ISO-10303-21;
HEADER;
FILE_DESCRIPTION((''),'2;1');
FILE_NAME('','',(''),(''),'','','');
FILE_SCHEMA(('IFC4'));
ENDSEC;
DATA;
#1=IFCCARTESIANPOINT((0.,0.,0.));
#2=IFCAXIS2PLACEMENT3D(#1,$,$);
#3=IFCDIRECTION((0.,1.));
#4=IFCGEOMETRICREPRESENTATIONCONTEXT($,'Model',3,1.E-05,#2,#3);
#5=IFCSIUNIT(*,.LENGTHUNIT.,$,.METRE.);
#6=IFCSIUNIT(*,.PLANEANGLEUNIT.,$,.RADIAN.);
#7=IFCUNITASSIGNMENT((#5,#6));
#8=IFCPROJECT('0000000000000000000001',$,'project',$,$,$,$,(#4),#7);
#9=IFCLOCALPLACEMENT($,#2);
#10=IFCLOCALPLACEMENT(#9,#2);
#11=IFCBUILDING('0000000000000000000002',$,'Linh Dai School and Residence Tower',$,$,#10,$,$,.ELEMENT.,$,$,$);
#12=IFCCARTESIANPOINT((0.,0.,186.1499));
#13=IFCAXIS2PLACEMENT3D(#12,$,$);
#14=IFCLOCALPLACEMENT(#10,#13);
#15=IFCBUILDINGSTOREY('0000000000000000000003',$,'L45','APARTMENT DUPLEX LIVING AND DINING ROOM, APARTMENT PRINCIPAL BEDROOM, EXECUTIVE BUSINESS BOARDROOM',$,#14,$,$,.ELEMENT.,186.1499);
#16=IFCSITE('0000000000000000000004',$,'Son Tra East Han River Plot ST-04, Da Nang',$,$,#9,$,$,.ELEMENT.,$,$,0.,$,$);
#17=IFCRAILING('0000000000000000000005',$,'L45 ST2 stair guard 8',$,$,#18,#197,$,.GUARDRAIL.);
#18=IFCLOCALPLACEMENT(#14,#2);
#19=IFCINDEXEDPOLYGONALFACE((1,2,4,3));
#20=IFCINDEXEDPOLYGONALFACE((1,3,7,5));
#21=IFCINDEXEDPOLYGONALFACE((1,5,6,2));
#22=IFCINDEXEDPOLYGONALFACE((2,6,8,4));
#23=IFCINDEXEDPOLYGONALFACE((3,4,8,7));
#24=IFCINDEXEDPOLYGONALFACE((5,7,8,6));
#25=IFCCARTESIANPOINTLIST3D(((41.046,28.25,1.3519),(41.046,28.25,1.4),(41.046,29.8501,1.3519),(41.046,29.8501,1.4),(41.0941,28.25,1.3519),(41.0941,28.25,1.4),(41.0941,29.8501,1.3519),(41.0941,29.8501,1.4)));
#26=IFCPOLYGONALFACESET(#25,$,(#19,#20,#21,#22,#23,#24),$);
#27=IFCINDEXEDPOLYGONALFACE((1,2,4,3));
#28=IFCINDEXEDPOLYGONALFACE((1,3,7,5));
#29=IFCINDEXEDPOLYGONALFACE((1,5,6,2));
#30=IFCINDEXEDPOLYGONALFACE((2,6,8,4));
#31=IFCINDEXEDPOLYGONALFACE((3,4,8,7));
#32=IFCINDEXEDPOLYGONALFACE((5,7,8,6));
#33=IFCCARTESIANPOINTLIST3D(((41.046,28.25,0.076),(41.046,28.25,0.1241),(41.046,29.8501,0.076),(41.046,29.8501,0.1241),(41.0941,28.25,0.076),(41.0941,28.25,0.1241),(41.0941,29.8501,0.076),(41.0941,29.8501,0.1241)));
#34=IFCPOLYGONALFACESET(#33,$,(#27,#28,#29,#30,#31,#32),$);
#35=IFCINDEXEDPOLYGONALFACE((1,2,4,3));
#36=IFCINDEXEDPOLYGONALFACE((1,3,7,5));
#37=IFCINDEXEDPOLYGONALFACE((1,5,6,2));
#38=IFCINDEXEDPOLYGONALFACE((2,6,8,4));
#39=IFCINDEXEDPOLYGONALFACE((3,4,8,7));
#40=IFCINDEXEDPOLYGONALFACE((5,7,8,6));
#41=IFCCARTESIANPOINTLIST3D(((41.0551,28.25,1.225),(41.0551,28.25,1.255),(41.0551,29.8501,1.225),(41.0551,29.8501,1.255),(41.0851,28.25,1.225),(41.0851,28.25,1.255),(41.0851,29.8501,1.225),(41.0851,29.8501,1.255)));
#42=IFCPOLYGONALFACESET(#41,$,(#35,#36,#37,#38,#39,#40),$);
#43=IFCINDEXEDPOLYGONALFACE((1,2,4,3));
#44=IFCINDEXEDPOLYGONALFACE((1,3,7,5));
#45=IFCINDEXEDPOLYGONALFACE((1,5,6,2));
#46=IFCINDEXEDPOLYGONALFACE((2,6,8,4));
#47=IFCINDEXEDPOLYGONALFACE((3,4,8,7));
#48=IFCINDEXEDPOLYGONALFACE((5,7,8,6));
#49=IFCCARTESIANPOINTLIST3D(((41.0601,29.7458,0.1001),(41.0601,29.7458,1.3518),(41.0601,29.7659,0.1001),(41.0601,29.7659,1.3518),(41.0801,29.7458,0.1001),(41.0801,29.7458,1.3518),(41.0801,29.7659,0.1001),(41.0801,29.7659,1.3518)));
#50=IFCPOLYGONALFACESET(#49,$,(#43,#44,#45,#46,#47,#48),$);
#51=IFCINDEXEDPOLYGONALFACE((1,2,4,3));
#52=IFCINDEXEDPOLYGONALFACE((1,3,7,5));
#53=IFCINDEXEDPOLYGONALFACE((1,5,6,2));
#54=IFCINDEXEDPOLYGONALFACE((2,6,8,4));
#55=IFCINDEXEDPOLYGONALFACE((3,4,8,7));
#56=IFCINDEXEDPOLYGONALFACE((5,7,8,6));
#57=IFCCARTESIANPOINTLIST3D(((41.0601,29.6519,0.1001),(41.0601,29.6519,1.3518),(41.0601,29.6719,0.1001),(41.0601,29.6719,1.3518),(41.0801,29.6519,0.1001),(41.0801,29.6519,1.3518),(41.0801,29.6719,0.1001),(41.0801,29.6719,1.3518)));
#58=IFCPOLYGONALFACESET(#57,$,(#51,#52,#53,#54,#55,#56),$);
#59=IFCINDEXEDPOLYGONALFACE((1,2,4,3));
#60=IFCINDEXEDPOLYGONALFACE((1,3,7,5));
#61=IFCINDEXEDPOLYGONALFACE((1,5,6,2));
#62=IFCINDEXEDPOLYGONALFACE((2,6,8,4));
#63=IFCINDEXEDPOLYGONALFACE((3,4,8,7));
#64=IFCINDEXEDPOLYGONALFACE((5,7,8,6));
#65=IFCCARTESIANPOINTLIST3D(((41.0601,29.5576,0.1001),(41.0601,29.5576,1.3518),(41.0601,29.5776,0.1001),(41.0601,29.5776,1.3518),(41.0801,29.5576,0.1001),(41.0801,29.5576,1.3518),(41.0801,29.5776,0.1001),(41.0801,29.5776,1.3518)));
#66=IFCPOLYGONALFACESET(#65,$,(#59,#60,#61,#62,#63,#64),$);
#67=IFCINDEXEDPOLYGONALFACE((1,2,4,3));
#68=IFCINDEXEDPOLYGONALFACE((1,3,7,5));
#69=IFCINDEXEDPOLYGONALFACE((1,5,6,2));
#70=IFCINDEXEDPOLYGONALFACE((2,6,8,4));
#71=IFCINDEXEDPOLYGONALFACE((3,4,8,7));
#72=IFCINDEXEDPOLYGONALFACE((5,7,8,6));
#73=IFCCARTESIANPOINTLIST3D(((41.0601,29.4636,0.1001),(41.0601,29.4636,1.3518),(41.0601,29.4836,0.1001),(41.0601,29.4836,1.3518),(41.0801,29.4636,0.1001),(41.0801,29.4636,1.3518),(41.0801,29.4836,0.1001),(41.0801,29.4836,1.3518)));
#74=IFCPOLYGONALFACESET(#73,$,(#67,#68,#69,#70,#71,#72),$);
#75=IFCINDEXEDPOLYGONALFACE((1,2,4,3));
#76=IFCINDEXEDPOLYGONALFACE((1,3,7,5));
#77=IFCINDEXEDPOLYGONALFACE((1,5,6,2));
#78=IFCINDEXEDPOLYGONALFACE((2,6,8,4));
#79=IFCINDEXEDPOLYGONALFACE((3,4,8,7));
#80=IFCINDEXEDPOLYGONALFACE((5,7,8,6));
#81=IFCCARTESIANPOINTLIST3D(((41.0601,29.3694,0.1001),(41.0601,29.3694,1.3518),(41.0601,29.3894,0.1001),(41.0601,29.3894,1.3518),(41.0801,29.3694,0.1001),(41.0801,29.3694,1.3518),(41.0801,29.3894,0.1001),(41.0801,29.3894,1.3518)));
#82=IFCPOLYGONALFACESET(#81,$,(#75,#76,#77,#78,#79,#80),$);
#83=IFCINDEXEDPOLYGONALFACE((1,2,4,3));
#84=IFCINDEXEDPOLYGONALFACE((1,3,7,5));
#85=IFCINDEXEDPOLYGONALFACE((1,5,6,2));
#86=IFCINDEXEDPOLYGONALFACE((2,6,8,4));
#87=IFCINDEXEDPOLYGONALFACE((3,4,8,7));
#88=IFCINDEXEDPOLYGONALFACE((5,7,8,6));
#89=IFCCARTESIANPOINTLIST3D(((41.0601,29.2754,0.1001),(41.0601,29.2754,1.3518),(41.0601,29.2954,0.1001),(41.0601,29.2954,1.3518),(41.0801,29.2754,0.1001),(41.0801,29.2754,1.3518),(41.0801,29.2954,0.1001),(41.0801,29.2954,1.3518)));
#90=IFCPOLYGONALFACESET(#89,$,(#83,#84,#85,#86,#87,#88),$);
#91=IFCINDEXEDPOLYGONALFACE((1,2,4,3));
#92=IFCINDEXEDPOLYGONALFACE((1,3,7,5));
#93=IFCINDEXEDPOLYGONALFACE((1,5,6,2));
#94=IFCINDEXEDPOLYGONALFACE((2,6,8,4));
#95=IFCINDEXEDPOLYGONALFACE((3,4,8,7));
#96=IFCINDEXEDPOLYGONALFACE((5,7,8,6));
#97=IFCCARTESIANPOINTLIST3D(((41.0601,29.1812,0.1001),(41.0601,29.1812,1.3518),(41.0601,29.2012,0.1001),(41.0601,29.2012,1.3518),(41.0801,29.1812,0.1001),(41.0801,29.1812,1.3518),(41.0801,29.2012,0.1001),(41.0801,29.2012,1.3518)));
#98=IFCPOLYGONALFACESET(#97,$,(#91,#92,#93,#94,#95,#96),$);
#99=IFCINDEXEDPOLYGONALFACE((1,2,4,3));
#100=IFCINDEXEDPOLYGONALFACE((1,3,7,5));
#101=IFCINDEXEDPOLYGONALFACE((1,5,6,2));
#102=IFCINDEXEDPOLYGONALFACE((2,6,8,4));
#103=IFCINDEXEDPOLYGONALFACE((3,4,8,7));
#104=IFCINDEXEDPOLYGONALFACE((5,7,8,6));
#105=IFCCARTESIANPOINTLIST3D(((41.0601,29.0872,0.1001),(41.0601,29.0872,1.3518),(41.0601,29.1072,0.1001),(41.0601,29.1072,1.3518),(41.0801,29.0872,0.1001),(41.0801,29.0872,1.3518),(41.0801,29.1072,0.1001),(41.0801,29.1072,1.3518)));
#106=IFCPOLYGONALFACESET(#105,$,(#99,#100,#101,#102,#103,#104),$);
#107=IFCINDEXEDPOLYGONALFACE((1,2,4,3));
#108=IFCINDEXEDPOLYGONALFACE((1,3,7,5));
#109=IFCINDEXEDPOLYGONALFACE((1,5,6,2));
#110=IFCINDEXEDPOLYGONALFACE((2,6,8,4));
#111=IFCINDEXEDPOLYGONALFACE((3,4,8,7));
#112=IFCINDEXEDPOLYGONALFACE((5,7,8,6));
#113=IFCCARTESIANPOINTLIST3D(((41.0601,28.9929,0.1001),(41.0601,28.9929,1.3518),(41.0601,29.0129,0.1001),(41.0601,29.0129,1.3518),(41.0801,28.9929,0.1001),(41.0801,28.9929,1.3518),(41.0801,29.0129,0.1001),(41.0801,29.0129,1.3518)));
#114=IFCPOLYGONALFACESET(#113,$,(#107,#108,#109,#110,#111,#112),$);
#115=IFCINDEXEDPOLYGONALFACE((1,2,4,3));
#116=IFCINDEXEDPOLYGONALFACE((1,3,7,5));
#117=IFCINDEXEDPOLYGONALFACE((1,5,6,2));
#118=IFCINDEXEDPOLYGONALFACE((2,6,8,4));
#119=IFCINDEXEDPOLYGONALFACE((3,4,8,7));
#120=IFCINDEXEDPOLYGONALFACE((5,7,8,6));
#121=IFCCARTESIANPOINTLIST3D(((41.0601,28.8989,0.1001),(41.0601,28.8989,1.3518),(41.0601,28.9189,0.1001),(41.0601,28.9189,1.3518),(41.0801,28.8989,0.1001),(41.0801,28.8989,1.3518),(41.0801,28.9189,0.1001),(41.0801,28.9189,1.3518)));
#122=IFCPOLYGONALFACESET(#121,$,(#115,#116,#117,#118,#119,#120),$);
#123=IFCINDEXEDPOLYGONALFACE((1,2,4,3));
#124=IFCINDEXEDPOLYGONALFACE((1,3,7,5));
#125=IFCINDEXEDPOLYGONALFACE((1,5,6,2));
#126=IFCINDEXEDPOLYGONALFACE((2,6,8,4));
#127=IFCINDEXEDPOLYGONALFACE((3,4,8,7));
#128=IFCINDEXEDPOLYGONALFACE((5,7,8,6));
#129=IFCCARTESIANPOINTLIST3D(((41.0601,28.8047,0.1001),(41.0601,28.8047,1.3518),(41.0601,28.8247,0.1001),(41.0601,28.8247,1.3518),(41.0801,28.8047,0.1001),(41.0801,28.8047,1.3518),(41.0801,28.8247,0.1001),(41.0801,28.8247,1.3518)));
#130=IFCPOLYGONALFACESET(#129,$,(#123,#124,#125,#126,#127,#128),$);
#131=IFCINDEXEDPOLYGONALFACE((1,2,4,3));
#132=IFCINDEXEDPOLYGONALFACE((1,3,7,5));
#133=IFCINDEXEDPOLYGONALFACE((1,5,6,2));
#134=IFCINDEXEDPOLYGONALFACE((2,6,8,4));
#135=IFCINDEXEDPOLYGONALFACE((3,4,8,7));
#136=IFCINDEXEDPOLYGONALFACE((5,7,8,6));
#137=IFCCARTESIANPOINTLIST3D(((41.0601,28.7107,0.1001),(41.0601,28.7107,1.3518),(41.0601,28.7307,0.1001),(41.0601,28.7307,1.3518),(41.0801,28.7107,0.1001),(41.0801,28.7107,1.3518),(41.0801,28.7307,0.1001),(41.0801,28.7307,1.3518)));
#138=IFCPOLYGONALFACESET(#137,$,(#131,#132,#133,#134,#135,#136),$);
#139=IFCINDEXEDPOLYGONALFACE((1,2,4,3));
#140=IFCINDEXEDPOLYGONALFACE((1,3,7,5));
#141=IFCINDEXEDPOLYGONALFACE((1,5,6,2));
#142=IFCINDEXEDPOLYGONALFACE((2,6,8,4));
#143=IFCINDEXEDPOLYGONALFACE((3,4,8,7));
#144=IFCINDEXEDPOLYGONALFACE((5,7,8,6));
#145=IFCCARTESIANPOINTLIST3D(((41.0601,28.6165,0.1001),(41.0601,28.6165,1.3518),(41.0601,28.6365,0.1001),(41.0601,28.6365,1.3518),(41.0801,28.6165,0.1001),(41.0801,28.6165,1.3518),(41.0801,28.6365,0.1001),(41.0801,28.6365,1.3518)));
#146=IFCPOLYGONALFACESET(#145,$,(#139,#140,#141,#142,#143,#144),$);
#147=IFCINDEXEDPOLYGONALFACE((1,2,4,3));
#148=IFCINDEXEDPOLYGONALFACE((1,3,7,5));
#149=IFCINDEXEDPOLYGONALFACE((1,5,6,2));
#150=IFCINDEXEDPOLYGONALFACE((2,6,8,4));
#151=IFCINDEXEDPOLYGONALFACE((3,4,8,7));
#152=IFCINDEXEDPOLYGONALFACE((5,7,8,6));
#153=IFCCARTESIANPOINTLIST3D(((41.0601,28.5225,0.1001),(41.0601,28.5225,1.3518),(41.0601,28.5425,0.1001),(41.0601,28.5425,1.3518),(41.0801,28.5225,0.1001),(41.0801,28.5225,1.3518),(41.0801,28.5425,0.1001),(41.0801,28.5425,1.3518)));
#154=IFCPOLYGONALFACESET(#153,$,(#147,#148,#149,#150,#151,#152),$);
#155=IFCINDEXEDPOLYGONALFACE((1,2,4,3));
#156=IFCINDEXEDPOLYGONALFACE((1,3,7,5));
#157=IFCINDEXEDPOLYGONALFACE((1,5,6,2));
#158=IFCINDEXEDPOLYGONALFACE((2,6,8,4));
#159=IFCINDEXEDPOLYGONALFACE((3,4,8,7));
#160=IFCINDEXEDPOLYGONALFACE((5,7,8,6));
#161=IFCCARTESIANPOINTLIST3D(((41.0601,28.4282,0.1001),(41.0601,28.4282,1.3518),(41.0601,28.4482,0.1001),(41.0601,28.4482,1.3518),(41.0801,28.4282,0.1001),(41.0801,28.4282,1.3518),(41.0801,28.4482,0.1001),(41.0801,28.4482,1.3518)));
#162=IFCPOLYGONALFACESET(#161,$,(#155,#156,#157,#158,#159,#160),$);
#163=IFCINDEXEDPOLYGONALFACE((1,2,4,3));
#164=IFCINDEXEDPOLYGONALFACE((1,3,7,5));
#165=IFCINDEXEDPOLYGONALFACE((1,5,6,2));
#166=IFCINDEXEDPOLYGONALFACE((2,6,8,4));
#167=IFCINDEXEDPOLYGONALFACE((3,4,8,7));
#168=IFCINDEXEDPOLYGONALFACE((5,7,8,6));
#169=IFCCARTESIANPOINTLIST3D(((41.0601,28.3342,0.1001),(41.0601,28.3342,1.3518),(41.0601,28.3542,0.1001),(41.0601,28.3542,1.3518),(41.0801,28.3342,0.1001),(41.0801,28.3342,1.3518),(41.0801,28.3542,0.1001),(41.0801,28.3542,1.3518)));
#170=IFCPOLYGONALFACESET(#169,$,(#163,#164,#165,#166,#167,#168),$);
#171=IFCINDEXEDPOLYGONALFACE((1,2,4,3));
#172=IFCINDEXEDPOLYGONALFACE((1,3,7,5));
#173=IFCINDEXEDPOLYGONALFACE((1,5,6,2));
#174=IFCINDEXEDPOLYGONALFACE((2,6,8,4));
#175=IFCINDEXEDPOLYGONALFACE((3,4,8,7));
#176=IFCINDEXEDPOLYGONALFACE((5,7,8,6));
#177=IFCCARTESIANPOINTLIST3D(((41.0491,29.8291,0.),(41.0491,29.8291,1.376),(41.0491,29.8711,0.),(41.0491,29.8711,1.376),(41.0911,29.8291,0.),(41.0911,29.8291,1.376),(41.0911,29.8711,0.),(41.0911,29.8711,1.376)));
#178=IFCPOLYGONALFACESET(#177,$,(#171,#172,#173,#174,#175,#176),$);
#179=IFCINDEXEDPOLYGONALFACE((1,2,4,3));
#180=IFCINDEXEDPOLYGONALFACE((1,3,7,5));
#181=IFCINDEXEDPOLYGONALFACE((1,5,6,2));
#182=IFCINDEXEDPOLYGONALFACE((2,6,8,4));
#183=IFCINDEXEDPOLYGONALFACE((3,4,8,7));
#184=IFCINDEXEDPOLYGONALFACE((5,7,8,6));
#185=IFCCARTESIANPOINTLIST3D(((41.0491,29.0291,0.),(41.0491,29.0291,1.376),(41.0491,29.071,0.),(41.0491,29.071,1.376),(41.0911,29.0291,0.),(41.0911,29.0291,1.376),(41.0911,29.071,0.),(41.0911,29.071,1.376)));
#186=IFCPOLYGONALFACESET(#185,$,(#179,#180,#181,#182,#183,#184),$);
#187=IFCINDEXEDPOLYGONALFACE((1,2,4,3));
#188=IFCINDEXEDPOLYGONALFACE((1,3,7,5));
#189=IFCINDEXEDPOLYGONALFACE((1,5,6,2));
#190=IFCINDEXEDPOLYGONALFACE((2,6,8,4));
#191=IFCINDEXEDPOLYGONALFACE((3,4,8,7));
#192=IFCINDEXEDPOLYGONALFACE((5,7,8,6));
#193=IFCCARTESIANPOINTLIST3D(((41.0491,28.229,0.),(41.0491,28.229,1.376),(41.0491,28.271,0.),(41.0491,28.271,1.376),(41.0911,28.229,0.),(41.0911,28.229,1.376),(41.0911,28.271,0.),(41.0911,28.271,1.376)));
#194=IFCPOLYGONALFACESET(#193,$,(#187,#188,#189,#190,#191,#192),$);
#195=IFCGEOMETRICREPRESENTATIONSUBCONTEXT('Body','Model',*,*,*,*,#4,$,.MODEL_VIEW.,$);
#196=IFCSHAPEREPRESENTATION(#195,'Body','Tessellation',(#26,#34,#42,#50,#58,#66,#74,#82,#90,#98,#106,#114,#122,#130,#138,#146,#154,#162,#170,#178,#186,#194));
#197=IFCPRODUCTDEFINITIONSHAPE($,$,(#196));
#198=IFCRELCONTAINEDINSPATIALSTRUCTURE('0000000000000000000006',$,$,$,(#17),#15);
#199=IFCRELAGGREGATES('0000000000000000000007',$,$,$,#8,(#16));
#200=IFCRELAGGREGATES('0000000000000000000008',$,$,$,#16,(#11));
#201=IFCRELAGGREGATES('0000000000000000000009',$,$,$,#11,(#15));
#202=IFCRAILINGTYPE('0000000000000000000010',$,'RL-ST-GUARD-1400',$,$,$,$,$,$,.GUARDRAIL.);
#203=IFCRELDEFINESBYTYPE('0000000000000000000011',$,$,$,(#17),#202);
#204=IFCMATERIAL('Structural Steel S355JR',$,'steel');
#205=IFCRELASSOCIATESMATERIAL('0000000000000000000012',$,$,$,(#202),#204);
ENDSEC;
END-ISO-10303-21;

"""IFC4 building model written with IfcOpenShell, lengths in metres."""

from ifc_helpers import new_model, si_unit, direction, frame, origin, origin_2d, place, context, subcontext, project, spatial, rectangle, extrude, source, transform, mapped, material, type_object, element, save


model = new_model("IFC4")

# Units and contexts
model_context = context("Model", 3, precision=1e-05, world=origin(), true_north=direction((0.0, 1.0)))
body_context = subcontext(model_context, "Body", "Model", "MODEL_VIEW")
ifc_project = project(units=[si_unit("LENGTHUNIT", "METRE"), si_unit("PLANEANGLEUNIT", "RADIAN")], contexts=[model_context])

# Site, building, storey
site_placement = place(None, origin())
site = spatial("IfcSite", under=ifc_project, at=site_placement, Name="Son Tra East Han River Plot ST-04, Da Nang", CompositionType="ELEMENT", RefElevation=0.0)
building_placement = place(site_placement, origin())
building = spatial("IfcBuilding", under=site, at=building_placement, Name="Linh Dai School and Residence Tower", CompositionType="ELEMENT")
storey_placement = place(building_placement, frame((0.0, 0.0, 186.1499)))
storey = spatial("IfcBuildingStorey", under=building, at=storey_placement, Name="L45", Description="APARTMENT DUPLEX LIVING AND DINING ROOM, APARTMENT PRINCIPAL BEDROOM, EXECUTIVE BUSINESS BOARDROOM", CompositionType="ELEMENT", Elevation=186.1499)

# Shared definitions
ifc_material_1 = material(Name="Structural Steel S355JR", Category="steel")

# Railing
railing_type_1 = type_object("IfcRailingType", Name="RL-ST-GUARD-1400", PredefinedType="GUARDRAIL", material=ifc_material_1)
shared_shape_1 = source(origin(), body_context, "Body", "SweptSolid", [
    extrude(rectangle(XDim=0.0481, YDim=0.0481, at=origin_2d()), frame((0.0, 0.0, 1.376), z_axis=(0.0, -1.0, 0.0), x_axis=(1.0, 0.0, 0.0)), (0.0, 0.0, 1.0), 1.6001),
    extrude(rectangle(XDim=0.0481, YDim=0.0481, at=origin_2d()), frame((0.0, 0.0, 0.1001), z_axis=(0.0, -1.0, 0.0), x_axis=(1.0, 0.0, 0.0)), (0.0, 0.0, 1.0), 1.6001),
    extrude(rectangle(XDim=0.03, YDim=0.03, at=origin_2d()), frame((0.0, 0.0, 1.24), z_axis=(0.0, -1.0, 0.0), x_axis=(1.0, 0.0, 0.0)), (0.0, 0.0, 1.0), 1.6001),
    extrude(rectangle(XDim=0.02, YDim=0.02, at=origin_2d()), frame((0.0, -0.0942, 0.1001)), (0.0, 0.0, 1.0), 1.2517),
    extrude(rectangle(XDim=0.02, YDim=0.02, at=origin_2d()), frame((0.0, -0.1882, 0.1001)), (0.0, 0.0, 1.0), 1.2517),
    extrude(rectangle(XDim=0.02, YDim=0.02, at=origin_2d()), frame((0.0, -0.2825, 0.1001)), (0.0, 0.0, 1.0), 1.2517),
    extrude(rectangle(XDim=0.02, YDim=0.02, at=origin_2d()), frame((0.0, -0.3765, 0.1001)), (0.0, 0.0, 1.0), 1.2517),
    extrude(rectangle(XDim=0.02, YDim=0.02, at=origin_2d()), frame((0.0, -0.4707, 0.1001)), (0.0, 0.0, 1.0), 1.2517),
    extrude(rectangle(XDim=0.02, YDim=0.02, at=origin_2d()), frame((0.0, -0.5647, 0.1001)), (0.0, 0.0, 1.0), 1.2517),
    extrude(rectangle(XDim=0.02, YDim=0.02, at=origin_2d()), frame((0.0, -0.6589, 0.1001)), (0.0, 0.0, 1.0), 1.2517),
    extrude(rectangle(XDim=0.02, YDim=0.02, at=origin_2d()), frame((0.0, -0.7529, 0.1001)), (0.0, 0.0, 1.0), 1.2517),
    extrude(rectangle(XDim=0.02, YDim=0.02, at=origin_2d()), frame((0.0, -0.8472, 0.1001)), (0.0, 0.0, 1.0), 1.2517),
    extrude(rectangle(XDim=0.02, YDim=0.02, at=origin_2d()), frame((0.0, -0.9412, 0.1001)), (0.0, 0.0, 1.0), 1.2517),
    extrude(rectangle(XDim=0.02, YDim=0.02, at=origin_2d()), frame((0.0, -1.0354, 0.1001)), (0.0, 0.0, 1.0), 1.2517),
    extrude(rectangle(XDim=0.02, YDim=0.02, at=origin_2d()), frame((0.0, -1.1294, 0.1001)), (0.0, 0.0, 1.0), 1.2517),
    extrude(rectangle(XDim=0.02, YDim=0.02, at=origin_2d()), frame((0.0, -1.2236, 0.1001)), (0.0, 0.0, 1.0), 1.2517),
    extrude(rectangle(XDim=0.02, YDim=0.02, at=origin_2d()), frame((0.0, -1.3176, 0.1001)), (0.0, 0.0, 1.0), 1.2517),
    extrude(rectangle(XDim=0.02, YDim=0.02, at=origin_2d()), frame((0.0, -1.4119, 0.1001)), (0.0, 0.0, 1.0), 1.2517),
    extrude(rectangle(XDim=0.02, YDim=0.02, at=origin_2d()), frame((0.0, -1.5059, 0.1001)), (0.0, 0.0, 1.0), 1.2517),
    extrude(rectangle(XDim=0.042, YDim=0.042, at=origin_2d()), origin(), (0.0, 0.0, 1.0), 1.376),
    extrude(rectangle(XDim=0.042, YDim=0.042, at=origin_2d()), frame((0.0, -0.8, 0.0)), (0.0, 0.0, 1.0), 1.376),
    extrude(rectangle(XDim=0.042, YDim=0.042, at=origin_2d()), frame((0.0, -1.6001, 0.0)), (0.0, 0.0, 1.0), 1.376),
])
for number, where, name in (
    (1, (41.0701, 29.8501, 0.0), "L45 ST2 stair guard 8"),
):
    element("IfcRailing", number, at=place(storey_placement, frame(where)), inside=storey, type_object=railing_type_1, Name=name, PredefinedType="GUARDRAIL", context=body_context, shape_type="MappedRepresentation", body=[
        mapped(shared_shape_1, transform((0.0, 0.0, 0.0), x_axis=(1.0, 0.0, 0.0), y_axis=(0.0, 1.0, 0.0), z_axis=(0.0, 0.0, 1.0), scale=1.0)),
    ])

save(model, "model.ifc")
